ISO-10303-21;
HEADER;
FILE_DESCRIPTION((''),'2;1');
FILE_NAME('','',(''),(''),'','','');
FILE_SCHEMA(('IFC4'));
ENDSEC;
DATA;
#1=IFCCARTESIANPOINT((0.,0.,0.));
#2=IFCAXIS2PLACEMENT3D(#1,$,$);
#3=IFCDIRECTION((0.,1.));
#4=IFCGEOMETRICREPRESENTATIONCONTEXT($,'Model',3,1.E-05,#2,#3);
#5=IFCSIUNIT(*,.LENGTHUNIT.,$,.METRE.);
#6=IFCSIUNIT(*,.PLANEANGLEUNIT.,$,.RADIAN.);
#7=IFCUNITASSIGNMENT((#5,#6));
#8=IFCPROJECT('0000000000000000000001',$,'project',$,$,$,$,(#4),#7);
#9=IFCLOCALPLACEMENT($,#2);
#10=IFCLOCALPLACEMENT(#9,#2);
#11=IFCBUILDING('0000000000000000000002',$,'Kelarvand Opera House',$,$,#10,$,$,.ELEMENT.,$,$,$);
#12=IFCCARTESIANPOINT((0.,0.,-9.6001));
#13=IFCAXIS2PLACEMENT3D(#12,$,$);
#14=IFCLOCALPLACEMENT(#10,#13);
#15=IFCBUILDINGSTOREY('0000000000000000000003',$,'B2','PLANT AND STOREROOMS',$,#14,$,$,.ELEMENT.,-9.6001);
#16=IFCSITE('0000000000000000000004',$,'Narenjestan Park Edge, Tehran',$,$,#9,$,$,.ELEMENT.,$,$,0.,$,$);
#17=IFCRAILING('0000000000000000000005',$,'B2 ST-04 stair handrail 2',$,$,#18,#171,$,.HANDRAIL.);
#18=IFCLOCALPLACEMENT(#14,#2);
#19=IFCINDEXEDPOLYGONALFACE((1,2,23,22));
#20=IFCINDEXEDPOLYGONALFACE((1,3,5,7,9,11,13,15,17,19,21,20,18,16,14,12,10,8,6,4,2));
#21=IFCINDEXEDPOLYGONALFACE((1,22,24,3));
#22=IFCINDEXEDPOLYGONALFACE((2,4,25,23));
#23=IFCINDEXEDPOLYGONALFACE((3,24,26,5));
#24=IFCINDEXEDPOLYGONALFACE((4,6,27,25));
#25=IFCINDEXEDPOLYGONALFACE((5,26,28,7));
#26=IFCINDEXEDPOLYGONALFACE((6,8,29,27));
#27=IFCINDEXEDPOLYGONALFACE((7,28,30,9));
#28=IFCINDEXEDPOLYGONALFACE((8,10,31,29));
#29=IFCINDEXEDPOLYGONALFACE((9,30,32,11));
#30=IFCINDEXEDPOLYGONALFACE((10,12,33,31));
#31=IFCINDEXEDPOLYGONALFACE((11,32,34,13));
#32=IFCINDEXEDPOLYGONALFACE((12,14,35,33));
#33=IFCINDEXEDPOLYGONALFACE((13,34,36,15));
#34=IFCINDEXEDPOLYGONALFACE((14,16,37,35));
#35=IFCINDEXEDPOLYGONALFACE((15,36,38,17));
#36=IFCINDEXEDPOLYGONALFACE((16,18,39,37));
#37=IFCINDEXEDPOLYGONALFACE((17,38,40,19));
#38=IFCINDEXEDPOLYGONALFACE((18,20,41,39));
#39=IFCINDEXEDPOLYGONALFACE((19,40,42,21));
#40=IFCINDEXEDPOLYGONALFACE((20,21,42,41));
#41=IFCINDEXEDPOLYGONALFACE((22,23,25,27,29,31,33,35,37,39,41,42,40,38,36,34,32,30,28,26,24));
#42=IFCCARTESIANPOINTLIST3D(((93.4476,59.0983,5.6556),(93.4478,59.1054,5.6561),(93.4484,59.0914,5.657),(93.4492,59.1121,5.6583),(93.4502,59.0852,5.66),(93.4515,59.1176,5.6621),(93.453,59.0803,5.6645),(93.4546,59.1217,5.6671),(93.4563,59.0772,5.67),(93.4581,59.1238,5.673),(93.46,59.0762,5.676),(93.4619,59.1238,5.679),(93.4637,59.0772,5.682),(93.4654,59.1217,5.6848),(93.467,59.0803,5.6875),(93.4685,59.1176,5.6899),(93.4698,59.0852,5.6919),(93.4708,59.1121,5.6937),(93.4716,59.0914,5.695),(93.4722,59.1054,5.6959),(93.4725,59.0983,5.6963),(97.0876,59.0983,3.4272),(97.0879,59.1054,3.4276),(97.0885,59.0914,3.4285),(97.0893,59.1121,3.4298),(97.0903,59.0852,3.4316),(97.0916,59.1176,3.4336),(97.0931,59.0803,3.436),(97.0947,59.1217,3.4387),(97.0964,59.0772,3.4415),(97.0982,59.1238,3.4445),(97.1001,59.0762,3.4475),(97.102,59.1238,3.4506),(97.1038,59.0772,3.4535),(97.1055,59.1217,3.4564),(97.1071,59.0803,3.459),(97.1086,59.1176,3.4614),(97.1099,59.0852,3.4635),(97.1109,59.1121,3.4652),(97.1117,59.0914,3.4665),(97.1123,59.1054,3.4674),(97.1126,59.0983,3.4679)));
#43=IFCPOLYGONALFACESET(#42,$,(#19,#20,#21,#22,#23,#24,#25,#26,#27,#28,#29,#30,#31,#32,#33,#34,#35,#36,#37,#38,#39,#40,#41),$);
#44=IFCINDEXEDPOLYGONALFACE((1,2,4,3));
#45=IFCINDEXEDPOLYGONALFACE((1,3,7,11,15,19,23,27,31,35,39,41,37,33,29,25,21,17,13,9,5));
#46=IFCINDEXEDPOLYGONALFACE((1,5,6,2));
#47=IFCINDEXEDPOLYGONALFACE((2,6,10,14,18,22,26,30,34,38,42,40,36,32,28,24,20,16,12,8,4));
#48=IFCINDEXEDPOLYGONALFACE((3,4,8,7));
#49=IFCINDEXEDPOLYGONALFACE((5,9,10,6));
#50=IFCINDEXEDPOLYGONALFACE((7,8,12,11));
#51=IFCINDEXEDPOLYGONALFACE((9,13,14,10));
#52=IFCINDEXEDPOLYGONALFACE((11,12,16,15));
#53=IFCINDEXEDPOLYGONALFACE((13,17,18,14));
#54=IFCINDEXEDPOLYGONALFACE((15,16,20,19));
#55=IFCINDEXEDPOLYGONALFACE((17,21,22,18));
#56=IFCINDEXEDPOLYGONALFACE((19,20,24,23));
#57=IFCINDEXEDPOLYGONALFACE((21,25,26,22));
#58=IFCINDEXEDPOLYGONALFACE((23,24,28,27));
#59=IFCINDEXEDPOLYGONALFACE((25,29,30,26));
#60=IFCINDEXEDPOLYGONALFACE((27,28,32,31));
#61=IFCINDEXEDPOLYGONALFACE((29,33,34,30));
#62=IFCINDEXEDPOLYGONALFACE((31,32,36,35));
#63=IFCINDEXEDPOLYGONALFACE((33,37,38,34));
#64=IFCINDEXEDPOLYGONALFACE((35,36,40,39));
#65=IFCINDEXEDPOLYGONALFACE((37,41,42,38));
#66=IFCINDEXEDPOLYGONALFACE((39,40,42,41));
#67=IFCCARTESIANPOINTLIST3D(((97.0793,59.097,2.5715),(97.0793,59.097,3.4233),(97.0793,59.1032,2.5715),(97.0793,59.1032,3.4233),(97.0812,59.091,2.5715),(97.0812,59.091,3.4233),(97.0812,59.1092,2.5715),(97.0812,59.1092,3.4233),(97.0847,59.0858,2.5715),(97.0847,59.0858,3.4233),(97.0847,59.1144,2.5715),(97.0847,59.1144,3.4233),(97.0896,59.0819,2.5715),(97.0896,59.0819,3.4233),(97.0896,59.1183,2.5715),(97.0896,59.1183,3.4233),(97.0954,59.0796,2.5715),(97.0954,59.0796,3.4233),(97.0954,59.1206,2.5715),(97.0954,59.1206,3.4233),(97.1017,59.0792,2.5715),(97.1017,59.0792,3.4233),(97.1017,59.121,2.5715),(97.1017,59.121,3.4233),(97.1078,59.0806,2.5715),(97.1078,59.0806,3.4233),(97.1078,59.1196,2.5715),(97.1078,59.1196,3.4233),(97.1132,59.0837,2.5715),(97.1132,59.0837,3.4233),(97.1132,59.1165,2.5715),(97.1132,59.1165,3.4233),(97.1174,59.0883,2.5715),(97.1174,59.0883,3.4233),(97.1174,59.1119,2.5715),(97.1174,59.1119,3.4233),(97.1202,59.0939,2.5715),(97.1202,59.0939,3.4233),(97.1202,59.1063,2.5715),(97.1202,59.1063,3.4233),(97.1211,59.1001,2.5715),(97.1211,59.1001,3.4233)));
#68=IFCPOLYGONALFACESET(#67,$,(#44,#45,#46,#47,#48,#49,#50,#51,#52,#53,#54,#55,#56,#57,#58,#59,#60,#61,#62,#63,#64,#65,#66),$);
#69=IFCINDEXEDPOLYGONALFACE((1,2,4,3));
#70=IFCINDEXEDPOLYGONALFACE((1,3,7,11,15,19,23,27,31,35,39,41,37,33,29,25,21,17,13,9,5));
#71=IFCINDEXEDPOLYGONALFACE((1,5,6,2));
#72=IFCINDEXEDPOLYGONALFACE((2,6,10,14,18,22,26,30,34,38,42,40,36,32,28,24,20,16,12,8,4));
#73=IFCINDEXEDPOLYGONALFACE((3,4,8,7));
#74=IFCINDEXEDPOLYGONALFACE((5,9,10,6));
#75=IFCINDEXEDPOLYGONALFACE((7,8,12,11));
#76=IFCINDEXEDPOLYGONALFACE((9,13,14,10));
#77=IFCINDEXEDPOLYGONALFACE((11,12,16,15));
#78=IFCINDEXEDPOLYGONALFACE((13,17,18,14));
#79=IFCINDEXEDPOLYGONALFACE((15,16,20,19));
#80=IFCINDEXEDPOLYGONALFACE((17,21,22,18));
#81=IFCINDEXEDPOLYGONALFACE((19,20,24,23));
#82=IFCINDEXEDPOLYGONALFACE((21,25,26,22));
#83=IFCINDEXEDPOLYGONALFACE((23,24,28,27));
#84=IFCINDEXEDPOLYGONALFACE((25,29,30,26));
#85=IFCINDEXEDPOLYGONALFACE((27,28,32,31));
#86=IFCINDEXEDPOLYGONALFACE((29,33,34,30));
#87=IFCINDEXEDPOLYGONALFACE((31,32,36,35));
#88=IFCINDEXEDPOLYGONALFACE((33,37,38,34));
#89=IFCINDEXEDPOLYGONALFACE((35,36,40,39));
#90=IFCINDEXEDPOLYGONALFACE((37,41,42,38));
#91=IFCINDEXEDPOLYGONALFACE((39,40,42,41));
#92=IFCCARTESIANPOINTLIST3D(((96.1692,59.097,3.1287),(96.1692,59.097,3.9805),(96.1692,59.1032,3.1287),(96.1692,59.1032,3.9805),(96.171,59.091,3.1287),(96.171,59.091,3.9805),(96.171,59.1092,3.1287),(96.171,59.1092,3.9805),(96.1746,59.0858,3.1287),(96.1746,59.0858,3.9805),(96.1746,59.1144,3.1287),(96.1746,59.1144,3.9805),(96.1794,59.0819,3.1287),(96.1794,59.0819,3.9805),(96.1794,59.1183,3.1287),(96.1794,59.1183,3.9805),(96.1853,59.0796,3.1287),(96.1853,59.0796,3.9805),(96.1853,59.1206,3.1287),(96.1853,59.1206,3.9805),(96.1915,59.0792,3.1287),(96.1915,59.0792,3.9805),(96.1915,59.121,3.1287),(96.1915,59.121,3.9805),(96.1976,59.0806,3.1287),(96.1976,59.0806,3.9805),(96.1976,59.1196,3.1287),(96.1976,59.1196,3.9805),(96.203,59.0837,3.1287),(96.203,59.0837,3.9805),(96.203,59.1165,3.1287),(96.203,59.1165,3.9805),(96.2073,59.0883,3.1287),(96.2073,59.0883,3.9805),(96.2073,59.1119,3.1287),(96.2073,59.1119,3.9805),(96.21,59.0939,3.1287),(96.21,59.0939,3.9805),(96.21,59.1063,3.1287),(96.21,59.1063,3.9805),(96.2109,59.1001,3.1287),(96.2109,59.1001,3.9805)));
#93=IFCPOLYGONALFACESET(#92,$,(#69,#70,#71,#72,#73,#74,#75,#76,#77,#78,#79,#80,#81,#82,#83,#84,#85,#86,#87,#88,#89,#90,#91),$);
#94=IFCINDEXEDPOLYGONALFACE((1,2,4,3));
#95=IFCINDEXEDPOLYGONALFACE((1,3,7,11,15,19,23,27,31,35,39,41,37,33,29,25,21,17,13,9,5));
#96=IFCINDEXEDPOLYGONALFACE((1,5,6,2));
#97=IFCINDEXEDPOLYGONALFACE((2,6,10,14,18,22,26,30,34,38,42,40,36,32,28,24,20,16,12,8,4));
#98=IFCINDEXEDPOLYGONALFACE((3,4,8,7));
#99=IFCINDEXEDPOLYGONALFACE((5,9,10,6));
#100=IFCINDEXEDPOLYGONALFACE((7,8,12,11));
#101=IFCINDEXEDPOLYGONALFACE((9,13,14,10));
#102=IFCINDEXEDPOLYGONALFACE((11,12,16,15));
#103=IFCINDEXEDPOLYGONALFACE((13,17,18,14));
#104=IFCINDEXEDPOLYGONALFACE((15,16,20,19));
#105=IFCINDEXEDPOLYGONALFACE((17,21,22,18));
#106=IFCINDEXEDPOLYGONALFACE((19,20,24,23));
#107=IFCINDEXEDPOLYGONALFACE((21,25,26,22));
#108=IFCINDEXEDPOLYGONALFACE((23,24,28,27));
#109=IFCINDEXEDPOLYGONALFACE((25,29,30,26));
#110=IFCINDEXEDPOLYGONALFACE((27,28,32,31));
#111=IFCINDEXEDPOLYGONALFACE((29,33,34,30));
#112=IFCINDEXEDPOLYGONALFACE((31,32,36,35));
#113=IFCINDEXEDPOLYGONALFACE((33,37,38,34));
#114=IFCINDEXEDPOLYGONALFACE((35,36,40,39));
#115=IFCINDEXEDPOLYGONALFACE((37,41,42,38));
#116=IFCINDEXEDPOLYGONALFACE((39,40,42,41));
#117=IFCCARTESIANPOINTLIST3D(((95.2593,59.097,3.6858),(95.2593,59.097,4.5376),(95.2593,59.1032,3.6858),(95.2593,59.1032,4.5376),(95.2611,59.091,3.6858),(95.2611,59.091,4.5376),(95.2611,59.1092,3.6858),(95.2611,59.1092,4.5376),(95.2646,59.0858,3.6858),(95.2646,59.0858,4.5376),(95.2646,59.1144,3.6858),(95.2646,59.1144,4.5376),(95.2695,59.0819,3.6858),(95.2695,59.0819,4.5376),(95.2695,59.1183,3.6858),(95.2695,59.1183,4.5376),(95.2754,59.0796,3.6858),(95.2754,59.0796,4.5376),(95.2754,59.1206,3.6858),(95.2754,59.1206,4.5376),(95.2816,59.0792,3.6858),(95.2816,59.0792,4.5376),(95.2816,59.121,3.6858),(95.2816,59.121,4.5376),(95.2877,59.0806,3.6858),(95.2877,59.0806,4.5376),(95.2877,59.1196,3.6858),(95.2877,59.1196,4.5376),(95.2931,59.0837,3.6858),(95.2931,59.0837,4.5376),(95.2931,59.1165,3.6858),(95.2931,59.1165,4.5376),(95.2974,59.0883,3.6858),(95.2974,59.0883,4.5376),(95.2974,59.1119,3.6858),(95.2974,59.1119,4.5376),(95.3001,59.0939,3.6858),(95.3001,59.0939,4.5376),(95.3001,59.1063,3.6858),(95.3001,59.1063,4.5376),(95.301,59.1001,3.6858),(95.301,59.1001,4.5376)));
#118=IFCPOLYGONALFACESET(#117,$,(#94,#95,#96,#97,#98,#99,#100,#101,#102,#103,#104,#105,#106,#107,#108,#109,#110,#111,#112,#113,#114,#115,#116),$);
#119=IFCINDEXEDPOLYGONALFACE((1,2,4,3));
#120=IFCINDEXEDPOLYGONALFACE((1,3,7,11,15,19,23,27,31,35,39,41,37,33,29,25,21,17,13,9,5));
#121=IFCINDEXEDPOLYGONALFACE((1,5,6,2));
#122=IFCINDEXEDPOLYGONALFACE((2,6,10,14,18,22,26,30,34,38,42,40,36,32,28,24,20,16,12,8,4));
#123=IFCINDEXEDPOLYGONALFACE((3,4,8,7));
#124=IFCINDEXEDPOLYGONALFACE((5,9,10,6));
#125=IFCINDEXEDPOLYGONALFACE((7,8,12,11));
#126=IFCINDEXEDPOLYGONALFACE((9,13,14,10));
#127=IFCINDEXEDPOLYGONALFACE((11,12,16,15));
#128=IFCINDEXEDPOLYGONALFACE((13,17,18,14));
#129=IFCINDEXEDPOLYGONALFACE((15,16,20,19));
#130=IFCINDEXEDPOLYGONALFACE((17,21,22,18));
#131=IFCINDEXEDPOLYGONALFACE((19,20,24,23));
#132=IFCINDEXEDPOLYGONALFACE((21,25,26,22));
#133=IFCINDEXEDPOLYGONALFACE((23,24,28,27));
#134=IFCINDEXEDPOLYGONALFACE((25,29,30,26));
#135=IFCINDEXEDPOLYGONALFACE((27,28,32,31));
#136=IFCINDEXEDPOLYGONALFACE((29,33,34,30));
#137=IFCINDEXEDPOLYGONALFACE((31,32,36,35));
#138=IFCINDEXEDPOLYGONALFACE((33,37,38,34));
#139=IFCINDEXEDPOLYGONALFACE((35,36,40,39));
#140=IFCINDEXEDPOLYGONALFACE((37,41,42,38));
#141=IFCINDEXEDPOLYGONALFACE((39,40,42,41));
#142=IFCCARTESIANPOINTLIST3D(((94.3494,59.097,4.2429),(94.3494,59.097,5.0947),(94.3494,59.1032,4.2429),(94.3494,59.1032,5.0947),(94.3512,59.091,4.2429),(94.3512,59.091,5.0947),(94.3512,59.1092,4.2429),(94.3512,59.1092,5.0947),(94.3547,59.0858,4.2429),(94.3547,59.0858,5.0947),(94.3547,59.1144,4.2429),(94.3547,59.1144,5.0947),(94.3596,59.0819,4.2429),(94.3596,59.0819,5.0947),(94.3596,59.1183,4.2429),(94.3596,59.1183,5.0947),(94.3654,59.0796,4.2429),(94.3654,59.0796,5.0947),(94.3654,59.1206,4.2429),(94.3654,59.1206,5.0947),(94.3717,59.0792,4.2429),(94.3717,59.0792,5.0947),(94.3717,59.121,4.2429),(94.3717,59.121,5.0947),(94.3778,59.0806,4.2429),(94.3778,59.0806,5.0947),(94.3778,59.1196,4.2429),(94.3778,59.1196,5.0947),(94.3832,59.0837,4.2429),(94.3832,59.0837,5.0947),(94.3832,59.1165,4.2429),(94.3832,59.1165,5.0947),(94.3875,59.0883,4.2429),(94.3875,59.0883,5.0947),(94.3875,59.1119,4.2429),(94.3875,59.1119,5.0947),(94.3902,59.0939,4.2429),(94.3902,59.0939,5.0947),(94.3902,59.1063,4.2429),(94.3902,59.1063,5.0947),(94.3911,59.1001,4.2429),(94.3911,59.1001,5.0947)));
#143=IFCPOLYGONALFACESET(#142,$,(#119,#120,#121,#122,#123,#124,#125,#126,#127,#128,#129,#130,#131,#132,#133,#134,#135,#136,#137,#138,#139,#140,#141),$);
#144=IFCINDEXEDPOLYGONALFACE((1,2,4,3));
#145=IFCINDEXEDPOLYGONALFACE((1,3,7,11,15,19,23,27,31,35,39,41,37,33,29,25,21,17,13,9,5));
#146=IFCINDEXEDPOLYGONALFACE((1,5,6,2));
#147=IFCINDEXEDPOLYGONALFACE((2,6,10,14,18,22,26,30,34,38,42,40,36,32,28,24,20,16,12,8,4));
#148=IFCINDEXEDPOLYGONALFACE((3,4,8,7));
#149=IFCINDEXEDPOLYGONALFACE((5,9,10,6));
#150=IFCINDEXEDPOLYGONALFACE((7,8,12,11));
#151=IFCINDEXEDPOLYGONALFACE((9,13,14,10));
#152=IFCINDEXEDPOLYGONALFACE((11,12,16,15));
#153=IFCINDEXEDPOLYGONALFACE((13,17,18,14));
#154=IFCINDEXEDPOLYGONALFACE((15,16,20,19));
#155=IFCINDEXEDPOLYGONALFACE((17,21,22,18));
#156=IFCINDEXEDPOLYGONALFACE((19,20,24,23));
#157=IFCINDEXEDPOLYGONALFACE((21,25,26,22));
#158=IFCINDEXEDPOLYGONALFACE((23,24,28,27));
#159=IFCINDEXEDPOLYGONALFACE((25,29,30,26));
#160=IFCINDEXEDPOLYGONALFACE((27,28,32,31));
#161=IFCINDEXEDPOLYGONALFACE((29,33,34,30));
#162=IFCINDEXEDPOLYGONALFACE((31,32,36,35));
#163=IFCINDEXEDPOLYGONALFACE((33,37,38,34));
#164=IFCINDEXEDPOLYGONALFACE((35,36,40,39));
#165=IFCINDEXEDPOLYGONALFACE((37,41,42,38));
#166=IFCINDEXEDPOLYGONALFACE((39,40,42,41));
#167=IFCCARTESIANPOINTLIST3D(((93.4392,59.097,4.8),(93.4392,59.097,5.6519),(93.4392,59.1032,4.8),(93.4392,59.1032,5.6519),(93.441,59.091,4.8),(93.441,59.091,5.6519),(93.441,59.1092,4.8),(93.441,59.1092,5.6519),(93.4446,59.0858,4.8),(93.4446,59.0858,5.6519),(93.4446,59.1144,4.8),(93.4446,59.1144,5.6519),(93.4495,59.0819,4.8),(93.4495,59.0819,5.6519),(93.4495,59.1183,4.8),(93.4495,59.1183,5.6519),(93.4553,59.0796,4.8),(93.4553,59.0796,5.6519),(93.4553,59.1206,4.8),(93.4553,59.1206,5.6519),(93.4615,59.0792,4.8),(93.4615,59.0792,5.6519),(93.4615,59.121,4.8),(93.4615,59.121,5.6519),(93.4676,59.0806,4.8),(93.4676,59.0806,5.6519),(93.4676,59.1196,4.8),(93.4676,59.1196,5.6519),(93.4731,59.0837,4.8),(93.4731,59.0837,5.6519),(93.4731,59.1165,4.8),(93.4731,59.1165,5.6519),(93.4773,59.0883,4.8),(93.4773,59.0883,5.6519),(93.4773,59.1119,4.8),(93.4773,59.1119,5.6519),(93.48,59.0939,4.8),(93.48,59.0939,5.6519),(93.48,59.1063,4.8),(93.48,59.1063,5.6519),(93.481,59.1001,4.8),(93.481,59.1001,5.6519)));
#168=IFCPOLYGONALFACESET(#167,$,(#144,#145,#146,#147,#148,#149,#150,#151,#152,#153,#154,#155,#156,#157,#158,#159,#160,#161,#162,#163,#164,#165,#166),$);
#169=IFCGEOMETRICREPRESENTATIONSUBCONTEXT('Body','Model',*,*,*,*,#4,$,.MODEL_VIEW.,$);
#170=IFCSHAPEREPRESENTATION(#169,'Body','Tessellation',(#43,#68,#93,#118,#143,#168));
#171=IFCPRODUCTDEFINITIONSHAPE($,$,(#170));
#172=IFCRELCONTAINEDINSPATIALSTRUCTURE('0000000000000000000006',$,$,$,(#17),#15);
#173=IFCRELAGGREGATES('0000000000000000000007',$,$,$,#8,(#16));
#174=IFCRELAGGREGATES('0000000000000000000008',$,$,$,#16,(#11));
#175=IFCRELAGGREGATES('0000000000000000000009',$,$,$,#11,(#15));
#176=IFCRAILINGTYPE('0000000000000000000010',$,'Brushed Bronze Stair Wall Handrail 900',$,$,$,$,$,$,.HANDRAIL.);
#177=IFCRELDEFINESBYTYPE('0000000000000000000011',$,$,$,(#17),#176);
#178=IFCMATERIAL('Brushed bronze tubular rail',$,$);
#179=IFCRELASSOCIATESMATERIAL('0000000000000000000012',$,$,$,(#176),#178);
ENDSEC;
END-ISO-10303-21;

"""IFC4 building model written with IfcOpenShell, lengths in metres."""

from ifc_helpers import new_model, si_unit, direction, frame, origin, origin_2d, place, context, subcontext, project, spatial, circle, extrude, material, type_object, element, save


model = new_model("IFC4")

# Units and contexts
model_context = context("Model", 3, precision=1e-05, world=origin(), true_north=direction((0.0, 1.0)))
body_context = subcontext(model_context, "Body", "Model", "MODEL_VIEW")
ifc_project = project(units=[si_unit("LENGTHUNIT", "METRE"), si_unit("PLANEANGLEUNIT", "RADIAN")], contexts=[model_context])

# Site, building, storey
site_placement = place(None, origin())
site = spatial("IfcSite", under=ifc_project, at=site_placement, Name="Narenjestan Park Edge, Tehran", CompositionType="ELEMENT", RefElevation=0.0)
building_placement = place(site_placement, origin())
building = spatial("IfcBuilding", under=site, at=building_placement, Name="Kelarvand Opera House", CompositionType="ELEMENT")
storey_placement = place(building_placement, frame((0.0, 0.0, -9.6001)))
storey = spatial("IfcBuildingStorey", under=building, at=storey_placement, Name="B2", Description="PLANT AND STOREROOMS", CompositionType="ELEMENT", Elevation=-9.6001)

# Railing
ifc_material_1 = material(Name="Brushed bronze tubular rail")
railing_type_1 = type_object("IfcRailingType", Name="Brushed Bronze Stair Wall Handrail 900", PredefinedType="HANDRAIL", material=ifc_material_1)
railing_1_placement = place(storey_placement, frame((97.1001, 59.1001, 2.5715)))
element("IfcRailing", 1, at=railing_1_placement, inside=storey, type_object=railing_type_1, Name="B2 ST-04 stair handrail 2", PredefinedType="HANDRAIL", context=body_context, shape_type="SweptSolid", body=[
    extrude(circle(Radius=0.0239, at=origin_2d()), frame((0.0, 0.0, 0.876), z_axis=(-0.852866, 0.0, 0.52213), x_axis=(0.0, -1.0, 0.0)), (0.0, 0.0, 1.0), 4.2681),
    extrude(circle(Radius=0.021, at=origin_2d()), origin(), (0.0, 0.0, 1.0), 0.8518),
    extrude(circle(Radius=0.021, at=origin_2d()), frame((-0.9102, 0.0, 0.5571)), (0.0, 0.0, 1.0), 0.8518),
    extrude(circle(Radius=0.021, at=origin_2d()), frame((-1.8201, 0.0, 1.1143)), (0.0, 0.0, 1.0), 0.8518),
    extrude(circle(Radius=0.021, at=origin_2d()), frame((-2.73, 0.0, 1.6714)), (0.0, 0.0, 1.0), 0.8518),
    extrude(circle(Radius=0.021, at=origin_2d()), frame((-3.6401, 0.0, 2.2285)), (0.0, 0.0, 1.0), 0.8518),
])

save(model, "model.ifc")
